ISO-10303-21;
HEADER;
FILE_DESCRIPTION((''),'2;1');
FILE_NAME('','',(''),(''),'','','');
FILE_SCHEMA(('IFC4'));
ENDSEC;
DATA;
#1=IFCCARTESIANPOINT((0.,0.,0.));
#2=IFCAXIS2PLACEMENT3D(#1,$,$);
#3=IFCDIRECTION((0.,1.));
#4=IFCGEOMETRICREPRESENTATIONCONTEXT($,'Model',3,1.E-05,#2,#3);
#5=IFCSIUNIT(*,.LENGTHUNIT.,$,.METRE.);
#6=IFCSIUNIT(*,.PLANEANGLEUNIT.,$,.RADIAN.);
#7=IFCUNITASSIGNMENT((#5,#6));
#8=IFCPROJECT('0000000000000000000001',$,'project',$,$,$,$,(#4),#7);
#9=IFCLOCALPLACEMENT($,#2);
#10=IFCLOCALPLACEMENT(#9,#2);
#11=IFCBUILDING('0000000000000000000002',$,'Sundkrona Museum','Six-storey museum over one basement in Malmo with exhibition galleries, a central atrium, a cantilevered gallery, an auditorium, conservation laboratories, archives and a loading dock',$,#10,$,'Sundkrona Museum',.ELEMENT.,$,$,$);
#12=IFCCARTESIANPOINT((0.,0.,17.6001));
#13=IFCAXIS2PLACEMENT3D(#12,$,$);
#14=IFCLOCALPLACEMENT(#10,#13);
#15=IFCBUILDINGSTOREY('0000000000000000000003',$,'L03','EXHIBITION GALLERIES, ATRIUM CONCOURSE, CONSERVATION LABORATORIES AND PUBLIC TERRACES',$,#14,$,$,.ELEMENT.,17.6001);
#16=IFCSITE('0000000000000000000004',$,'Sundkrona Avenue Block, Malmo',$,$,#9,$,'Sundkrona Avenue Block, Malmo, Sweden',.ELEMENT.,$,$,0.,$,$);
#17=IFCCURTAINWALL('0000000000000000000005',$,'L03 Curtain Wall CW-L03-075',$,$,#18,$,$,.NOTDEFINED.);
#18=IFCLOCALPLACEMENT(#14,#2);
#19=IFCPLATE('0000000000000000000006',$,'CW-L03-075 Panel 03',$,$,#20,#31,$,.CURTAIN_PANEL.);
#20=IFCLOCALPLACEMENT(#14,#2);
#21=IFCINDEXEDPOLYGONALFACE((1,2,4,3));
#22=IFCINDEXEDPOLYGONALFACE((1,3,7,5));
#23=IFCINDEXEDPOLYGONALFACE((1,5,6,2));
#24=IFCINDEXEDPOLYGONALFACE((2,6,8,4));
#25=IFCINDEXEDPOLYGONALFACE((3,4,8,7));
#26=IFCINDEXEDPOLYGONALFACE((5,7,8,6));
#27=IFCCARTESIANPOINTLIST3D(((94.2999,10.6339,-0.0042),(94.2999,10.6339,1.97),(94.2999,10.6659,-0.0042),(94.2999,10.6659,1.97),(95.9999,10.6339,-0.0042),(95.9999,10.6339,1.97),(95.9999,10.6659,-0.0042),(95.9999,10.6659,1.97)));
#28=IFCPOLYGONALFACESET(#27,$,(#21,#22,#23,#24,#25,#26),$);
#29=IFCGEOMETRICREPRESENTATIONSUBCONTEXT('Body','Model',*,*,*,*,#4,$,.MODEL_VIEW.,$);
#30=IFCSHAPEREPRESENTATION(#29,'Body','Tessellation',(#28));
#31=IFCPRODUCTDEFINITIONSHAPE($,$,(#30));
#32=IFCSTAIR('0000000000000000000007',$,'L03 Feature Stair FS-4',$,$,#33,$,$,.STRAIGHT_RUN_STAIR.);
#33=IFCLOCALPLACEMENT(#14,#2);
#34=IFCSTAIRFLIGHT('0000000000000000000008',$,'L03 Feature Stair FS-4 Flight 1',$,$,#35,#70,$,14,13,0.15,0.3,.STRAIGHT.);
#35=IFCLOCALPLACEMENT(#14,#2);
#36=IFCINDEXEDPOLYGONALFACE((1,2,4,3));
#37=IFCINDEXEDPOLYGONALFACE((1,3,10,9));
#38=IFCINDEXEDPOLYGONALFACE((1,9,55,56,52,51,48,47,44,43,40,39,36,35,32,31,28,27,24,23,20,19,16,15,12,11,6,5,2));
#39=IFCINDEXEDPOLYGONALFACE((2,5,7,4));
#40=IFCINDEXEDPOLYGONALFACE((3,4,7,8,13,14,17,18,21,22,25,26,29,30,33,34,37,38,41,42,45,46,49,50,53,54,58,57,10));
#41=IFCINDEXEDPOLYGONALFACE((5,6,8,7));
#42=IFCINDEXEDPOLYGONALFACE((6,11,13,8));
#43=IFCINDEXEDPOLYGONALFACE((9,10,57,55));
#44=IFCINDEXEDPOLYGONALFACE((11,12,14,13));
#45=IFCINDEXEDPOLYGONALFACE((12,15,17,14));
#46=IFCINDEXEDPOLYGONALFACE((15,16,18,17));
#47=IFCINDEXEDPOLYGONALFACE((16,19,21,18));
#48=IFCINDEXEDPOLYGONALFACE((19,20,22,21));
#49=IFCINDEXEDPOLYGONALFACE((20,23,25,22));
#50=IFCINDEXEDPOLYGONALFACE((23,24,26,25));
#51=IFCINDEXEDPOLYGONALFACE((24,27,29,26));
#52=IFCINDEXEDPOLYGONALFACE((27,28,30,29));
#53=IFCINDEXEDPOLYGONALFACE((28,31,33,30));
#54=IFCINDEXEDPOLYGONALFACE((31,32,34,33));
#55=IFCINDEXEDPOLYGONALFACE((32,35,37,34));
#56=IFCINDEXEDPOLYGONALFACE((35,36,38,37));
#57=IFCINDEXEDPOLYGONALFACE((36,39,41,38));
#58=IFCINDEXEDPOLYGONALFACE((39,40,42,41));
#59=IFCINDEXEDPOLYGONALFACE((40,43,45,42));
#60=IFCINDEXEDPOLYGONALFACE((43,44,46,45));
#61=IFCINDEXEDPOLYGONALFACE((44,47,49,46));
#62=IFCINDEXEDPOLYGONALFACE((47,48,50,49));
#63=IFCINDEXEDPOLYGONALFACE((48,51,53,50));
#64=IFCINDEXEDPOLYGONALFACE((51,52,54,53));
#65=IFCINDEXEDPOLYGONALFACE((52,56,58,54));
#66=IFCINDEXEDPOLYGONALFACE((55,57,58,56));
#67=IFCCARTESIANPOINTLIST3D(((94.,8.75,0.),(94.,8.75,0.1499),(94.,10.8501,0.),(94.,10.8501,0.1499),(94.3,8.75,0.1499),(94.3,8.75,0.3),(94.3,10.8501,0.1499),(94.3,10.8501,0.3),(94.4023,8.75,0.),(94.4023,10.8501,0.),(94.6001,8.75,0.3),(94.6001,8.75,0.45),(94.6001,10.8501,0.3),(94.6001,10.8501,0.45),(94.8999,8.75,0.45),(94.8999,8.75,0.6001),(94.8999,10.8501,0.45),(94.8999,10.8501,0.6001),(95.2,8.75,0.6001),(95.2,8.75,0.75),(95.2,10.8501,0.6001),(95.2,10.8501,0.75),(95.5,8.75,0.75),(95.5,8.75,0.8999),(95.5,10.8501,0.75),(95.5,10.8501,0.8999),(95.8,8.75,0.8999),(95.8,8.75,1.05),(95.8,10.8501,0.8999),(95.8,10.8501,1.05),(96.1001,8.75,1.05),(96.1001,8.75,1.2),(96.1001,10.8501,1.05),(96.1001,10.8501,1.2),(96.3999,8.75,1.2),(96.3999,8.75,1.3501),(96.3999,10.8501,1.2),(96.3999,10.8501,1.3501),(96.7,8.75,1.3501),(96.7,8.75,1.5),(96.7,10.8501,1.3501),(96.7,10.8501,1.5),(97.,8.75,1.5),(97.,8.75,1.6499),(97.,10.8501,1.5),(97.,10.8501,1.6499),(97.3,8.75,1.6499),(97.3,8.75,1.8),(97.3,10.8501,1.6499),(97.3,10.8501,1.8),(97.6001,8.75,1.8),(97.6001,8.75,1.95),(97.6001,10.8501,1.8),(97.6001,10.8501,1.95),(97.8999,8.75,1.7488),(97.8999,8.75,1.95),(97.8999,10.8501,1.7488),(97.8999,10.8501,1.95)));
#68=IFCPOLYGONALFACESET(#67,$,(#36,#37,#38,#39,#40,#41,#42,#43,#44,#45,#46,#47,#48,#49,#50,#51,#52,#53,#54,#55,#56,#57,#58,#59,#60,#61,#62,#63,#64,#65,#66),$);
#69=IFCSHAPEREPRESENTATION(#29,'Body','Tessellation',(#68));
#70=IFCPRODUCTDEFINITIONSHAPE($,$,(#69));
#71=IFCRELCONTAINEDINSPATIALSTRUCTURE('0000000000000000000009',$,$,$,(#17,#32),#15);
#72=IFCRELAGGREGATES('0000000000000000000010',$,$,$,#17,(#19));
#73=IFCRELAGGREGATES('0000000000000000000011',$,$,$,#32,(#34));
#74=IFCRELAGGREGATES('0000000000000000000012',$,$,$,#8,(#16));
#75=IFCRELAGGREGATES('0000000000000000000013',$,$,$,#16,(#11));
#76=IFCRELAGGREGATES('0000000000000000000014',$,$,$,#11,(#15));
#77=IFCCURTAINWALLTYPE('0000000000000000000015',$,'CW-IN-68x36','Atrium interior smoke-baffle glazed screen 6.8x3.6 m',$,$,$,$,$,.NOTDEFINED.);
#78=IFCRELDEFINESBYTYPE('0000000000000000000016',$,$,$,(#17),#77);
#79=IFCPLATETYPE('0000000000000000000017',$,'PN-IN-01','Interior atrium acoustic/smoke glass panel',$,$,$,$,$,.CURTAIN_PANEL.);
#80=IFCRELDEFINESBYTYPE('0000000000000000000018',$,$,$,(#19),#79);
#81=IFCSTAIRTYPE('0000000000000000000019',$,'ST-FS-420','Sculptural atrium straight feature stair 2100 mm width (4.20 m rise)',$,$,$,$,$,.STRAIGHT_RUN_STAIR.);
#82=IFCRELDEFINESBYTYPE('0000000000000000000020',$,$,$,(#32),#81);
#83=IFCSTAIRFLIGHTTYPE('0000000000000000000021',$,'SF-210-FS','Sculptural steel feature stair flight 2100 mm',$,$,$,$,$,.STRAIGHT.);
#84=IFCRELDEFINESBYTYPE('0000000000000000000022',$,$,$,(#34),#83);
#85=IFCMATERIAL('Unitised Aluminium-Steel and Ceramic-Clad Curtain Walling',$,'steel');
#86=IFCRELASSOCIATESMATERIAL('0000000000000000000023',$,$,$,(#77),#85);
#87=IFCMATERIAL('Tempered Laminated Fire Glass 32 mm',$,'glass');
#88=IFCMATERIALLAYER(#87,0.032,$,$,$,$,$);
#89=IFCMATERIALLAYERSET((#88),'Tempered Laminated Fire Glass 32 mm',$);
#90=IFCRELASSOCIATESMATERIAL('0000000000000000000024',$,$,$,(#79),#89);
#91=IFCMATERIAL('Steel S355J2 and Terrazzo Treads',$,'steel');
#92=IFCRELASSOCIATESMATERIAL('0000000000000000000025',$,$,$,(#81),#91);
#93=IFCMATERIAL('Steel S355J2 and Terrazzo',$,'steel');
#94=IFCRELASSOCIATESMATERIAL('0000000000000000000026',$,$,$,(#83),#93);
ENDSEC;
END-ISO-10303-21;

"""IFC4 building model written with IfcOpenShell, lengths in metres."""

from ifc_helpers import new_model, si_unit, direction, frame, origin, origin_2d, place, context, subcontext, project, spatial, polyline, rectangle, outline, extrude, material, layer, layer_set, type_object, element, aggregate, save


model = new_model("IFC4")

# Units and contexts
model_context = context("Model", 3, precision=1e-05, world=origin(), true_north=direction((0.0, 1.0)))
body_context = subcontext(model_context, "Body", "Model", "MODEL_VIEW")
ifc_project = project(units=[si_unit("LENGTHUNIT", "METRE"), si_unit("PLANEANGLEUNIT", "RADIAN")], contexts=[model_context])

# Site, building, storey
site_placement = place(None, origin())
site = spatial("IfcSite", under=ifc_project, at=site_placement, Name="Sundkrona Avenue Block, Malmo", LongName="Sundkrona Avenue Block, Malmo, Sweden", CompositionType="ELEMENT", RefElevation=0.0)
building_placement = place(site_placement, origin())
building = spatial("IfcBuilding", under=site, at=building_placement, Name="Sundkrona Museum", Description="Six-storey museum over one basement in Malmo with exhibition galleries, a central atrium, a cantilevered gallery, an auditorium, conservation laboratories, archives and a loading dock", LongName="Sundkrona Museum", CompositionType="ELEMENT")
storey_placement = place(building_placement, frame((0.0, 0.0, 17.6001)))
storey = spatial("IfcBuildingStorey", under=building, at=storey_placement, Name="L03", Description="EXHIBITION GALLERIES, ATRIUM CONCOURSE, CONSERVATION LABORATORIES AND PUBLIC TERRACES", CompositionType="ELEMENT", Elevation=17.6001)

# Curtain wall
ifc_material_1 = material(Name="Unitised Aluminium-Steel and Ceramic-Clad Curtain Walling", Category="steel")
curtain_wall_type_1 = type_object("IfcCurtainWallType", Name="CW-IN-68x36", Description="Atrium interior smoke-baffle glazed screen 6.8x3.6 m", PredefinedType="NOTDEFINED", material=ifc_material_1)
curtain_wall_1_placement = place(storey_placement, origin())
curtain_wall_1 = element("IfcCurtainWall", 1, at=curtain_wall_1_placement, inside=storey, type_object=curtain_wall_type_1, Name="L03 Curtain Wall CW-L03-075", PredefinedType="NOTDEFINED")

# Plate
ifc_material_2 = material(Name="Tempered Laminated Fire Glass 32 mm", Category="glass")
ifc_layer_1 = layer(ifc_material_2, 0.032)
ifc_layer_set_1 = layer_set([ifc_layer_1], Name="Tempered Laminated Fire Glass 32 mm")
plate_type_1 = type_object("IfcPlateType", Name="PN-IN-01", Description="Interior atrium acoustic/smoke glass panel", PredefinedType="CURTAIN_PANEL", material=ifc_layer_set_1)
plate_1_placement = place(storey_placement, frame((95.1499, 10.6499, -0.0042), z_axis=(0.0, 0.0, 1.0), x_axis=(1.0, 0.0, 0.0)))
plate_1 = element("IfcPlate", 2, at=plate_1_placement, type_object=plate_type_1, Name="CW-L03-075 Panel 03", PredefinedType="CURTAIN_PANEL", context=body_context, shape_type="SweptSolid", body=[
    extrude(rectangle(XDim=1.7, YDim=0.032, at=origin_2d()), origin(), (0.0, 0.0, 1.0), 1.9741),
])
aggregate(curtain_wall_1, [plate_1])

# Stair, stair flight
ifc_material_3 = material(Name="Steel S355J2 and Terrazzo Treads", Category="steel")
stair_type = type_object("IfcStairType", Name="ST-FS-420", Description="Sculptural atrium straight feature stair 2100 mm width (4.20 m rise)", PredefinedType="STRAIGHT_RUN_STAIR", material=ifc_material_3)
stair_placement = place(storey_placement, origin())
stair = element("IfcStair", 3, at=stair_placement, inside=storey, type_object=stair_type, Name="L03 Feature Stair FS-4", PredefinedType="STRAIGHT_RUN_STAIR")
ifc_material_4 = material(Name="Steel S355J2 and Terrazzo", Category="steel")
stair_flight_type = type_object("IfcStairFlightType", Name="SF-210-FS", Description="Sculptural steel feature stair flight 2100 mm", PredefinedType="STRAIGHT", material=ifc_material_4)
stair_flight_placement = place(storey_placement, frame((94.0, 9.8, 0.0), z_axis=(0.0, 0.0, 1.0), x_axis=(1.0, 0.0, 0.0)))
stair_flight = element("IfcStairFlight", 4, at=stair_flight_placement, type_object=stair_flight_type, Name="L03 Feature Stair FS-4 Flight 1", NumberOfRisers=14, NumberOfTreads=13, PredefinedType="STRAIGHT", RiserHeight=0.15, TreadLength=0.3, context=body_context, shape_type="SweptSolid", body=[
    extrude(outline(polyline([(0.0, 0.0), (0.0, 0.1499), (0.3, 0.1499), (0.3, 0.3), (0.6001, 0.3), (0.6001, 0.45), (0.8999, 0.45), (0.8999, 0.6001), (1.2, 0.6001), (1.2, 0.75), (1.5, 0.75), (1.5, 0.8999), (1.8, 0.8999), (1.8, 1.05), (2.1001, 1.05), (2.1001, 1.2), (2.3999, 1.2), (2.3999, 1.3501), (2.7, 1.3501), (2.7, 1.5), (3.0, 1.5), (3.0, 1.6499), (3.3, 1.6499), (3.3, 1.8), (3.6001, 1.8), (3.6001, 1.95), (3.8999, 1.95), (3.8999, 2.1001), (3.8999, 1.7488), (0.4023, 0.0), (0.0, 0.0)])), frame((0.0, 1.05, 0.0), z_axis=(0.0, -1.0, 0.0), x_axis=(1.0, 0.0, 0.0)), (0.0, 0.0, 1.0), 2.1001),
])
aggregate(stair, [stair_flight])

save(model, "model.ifc")
